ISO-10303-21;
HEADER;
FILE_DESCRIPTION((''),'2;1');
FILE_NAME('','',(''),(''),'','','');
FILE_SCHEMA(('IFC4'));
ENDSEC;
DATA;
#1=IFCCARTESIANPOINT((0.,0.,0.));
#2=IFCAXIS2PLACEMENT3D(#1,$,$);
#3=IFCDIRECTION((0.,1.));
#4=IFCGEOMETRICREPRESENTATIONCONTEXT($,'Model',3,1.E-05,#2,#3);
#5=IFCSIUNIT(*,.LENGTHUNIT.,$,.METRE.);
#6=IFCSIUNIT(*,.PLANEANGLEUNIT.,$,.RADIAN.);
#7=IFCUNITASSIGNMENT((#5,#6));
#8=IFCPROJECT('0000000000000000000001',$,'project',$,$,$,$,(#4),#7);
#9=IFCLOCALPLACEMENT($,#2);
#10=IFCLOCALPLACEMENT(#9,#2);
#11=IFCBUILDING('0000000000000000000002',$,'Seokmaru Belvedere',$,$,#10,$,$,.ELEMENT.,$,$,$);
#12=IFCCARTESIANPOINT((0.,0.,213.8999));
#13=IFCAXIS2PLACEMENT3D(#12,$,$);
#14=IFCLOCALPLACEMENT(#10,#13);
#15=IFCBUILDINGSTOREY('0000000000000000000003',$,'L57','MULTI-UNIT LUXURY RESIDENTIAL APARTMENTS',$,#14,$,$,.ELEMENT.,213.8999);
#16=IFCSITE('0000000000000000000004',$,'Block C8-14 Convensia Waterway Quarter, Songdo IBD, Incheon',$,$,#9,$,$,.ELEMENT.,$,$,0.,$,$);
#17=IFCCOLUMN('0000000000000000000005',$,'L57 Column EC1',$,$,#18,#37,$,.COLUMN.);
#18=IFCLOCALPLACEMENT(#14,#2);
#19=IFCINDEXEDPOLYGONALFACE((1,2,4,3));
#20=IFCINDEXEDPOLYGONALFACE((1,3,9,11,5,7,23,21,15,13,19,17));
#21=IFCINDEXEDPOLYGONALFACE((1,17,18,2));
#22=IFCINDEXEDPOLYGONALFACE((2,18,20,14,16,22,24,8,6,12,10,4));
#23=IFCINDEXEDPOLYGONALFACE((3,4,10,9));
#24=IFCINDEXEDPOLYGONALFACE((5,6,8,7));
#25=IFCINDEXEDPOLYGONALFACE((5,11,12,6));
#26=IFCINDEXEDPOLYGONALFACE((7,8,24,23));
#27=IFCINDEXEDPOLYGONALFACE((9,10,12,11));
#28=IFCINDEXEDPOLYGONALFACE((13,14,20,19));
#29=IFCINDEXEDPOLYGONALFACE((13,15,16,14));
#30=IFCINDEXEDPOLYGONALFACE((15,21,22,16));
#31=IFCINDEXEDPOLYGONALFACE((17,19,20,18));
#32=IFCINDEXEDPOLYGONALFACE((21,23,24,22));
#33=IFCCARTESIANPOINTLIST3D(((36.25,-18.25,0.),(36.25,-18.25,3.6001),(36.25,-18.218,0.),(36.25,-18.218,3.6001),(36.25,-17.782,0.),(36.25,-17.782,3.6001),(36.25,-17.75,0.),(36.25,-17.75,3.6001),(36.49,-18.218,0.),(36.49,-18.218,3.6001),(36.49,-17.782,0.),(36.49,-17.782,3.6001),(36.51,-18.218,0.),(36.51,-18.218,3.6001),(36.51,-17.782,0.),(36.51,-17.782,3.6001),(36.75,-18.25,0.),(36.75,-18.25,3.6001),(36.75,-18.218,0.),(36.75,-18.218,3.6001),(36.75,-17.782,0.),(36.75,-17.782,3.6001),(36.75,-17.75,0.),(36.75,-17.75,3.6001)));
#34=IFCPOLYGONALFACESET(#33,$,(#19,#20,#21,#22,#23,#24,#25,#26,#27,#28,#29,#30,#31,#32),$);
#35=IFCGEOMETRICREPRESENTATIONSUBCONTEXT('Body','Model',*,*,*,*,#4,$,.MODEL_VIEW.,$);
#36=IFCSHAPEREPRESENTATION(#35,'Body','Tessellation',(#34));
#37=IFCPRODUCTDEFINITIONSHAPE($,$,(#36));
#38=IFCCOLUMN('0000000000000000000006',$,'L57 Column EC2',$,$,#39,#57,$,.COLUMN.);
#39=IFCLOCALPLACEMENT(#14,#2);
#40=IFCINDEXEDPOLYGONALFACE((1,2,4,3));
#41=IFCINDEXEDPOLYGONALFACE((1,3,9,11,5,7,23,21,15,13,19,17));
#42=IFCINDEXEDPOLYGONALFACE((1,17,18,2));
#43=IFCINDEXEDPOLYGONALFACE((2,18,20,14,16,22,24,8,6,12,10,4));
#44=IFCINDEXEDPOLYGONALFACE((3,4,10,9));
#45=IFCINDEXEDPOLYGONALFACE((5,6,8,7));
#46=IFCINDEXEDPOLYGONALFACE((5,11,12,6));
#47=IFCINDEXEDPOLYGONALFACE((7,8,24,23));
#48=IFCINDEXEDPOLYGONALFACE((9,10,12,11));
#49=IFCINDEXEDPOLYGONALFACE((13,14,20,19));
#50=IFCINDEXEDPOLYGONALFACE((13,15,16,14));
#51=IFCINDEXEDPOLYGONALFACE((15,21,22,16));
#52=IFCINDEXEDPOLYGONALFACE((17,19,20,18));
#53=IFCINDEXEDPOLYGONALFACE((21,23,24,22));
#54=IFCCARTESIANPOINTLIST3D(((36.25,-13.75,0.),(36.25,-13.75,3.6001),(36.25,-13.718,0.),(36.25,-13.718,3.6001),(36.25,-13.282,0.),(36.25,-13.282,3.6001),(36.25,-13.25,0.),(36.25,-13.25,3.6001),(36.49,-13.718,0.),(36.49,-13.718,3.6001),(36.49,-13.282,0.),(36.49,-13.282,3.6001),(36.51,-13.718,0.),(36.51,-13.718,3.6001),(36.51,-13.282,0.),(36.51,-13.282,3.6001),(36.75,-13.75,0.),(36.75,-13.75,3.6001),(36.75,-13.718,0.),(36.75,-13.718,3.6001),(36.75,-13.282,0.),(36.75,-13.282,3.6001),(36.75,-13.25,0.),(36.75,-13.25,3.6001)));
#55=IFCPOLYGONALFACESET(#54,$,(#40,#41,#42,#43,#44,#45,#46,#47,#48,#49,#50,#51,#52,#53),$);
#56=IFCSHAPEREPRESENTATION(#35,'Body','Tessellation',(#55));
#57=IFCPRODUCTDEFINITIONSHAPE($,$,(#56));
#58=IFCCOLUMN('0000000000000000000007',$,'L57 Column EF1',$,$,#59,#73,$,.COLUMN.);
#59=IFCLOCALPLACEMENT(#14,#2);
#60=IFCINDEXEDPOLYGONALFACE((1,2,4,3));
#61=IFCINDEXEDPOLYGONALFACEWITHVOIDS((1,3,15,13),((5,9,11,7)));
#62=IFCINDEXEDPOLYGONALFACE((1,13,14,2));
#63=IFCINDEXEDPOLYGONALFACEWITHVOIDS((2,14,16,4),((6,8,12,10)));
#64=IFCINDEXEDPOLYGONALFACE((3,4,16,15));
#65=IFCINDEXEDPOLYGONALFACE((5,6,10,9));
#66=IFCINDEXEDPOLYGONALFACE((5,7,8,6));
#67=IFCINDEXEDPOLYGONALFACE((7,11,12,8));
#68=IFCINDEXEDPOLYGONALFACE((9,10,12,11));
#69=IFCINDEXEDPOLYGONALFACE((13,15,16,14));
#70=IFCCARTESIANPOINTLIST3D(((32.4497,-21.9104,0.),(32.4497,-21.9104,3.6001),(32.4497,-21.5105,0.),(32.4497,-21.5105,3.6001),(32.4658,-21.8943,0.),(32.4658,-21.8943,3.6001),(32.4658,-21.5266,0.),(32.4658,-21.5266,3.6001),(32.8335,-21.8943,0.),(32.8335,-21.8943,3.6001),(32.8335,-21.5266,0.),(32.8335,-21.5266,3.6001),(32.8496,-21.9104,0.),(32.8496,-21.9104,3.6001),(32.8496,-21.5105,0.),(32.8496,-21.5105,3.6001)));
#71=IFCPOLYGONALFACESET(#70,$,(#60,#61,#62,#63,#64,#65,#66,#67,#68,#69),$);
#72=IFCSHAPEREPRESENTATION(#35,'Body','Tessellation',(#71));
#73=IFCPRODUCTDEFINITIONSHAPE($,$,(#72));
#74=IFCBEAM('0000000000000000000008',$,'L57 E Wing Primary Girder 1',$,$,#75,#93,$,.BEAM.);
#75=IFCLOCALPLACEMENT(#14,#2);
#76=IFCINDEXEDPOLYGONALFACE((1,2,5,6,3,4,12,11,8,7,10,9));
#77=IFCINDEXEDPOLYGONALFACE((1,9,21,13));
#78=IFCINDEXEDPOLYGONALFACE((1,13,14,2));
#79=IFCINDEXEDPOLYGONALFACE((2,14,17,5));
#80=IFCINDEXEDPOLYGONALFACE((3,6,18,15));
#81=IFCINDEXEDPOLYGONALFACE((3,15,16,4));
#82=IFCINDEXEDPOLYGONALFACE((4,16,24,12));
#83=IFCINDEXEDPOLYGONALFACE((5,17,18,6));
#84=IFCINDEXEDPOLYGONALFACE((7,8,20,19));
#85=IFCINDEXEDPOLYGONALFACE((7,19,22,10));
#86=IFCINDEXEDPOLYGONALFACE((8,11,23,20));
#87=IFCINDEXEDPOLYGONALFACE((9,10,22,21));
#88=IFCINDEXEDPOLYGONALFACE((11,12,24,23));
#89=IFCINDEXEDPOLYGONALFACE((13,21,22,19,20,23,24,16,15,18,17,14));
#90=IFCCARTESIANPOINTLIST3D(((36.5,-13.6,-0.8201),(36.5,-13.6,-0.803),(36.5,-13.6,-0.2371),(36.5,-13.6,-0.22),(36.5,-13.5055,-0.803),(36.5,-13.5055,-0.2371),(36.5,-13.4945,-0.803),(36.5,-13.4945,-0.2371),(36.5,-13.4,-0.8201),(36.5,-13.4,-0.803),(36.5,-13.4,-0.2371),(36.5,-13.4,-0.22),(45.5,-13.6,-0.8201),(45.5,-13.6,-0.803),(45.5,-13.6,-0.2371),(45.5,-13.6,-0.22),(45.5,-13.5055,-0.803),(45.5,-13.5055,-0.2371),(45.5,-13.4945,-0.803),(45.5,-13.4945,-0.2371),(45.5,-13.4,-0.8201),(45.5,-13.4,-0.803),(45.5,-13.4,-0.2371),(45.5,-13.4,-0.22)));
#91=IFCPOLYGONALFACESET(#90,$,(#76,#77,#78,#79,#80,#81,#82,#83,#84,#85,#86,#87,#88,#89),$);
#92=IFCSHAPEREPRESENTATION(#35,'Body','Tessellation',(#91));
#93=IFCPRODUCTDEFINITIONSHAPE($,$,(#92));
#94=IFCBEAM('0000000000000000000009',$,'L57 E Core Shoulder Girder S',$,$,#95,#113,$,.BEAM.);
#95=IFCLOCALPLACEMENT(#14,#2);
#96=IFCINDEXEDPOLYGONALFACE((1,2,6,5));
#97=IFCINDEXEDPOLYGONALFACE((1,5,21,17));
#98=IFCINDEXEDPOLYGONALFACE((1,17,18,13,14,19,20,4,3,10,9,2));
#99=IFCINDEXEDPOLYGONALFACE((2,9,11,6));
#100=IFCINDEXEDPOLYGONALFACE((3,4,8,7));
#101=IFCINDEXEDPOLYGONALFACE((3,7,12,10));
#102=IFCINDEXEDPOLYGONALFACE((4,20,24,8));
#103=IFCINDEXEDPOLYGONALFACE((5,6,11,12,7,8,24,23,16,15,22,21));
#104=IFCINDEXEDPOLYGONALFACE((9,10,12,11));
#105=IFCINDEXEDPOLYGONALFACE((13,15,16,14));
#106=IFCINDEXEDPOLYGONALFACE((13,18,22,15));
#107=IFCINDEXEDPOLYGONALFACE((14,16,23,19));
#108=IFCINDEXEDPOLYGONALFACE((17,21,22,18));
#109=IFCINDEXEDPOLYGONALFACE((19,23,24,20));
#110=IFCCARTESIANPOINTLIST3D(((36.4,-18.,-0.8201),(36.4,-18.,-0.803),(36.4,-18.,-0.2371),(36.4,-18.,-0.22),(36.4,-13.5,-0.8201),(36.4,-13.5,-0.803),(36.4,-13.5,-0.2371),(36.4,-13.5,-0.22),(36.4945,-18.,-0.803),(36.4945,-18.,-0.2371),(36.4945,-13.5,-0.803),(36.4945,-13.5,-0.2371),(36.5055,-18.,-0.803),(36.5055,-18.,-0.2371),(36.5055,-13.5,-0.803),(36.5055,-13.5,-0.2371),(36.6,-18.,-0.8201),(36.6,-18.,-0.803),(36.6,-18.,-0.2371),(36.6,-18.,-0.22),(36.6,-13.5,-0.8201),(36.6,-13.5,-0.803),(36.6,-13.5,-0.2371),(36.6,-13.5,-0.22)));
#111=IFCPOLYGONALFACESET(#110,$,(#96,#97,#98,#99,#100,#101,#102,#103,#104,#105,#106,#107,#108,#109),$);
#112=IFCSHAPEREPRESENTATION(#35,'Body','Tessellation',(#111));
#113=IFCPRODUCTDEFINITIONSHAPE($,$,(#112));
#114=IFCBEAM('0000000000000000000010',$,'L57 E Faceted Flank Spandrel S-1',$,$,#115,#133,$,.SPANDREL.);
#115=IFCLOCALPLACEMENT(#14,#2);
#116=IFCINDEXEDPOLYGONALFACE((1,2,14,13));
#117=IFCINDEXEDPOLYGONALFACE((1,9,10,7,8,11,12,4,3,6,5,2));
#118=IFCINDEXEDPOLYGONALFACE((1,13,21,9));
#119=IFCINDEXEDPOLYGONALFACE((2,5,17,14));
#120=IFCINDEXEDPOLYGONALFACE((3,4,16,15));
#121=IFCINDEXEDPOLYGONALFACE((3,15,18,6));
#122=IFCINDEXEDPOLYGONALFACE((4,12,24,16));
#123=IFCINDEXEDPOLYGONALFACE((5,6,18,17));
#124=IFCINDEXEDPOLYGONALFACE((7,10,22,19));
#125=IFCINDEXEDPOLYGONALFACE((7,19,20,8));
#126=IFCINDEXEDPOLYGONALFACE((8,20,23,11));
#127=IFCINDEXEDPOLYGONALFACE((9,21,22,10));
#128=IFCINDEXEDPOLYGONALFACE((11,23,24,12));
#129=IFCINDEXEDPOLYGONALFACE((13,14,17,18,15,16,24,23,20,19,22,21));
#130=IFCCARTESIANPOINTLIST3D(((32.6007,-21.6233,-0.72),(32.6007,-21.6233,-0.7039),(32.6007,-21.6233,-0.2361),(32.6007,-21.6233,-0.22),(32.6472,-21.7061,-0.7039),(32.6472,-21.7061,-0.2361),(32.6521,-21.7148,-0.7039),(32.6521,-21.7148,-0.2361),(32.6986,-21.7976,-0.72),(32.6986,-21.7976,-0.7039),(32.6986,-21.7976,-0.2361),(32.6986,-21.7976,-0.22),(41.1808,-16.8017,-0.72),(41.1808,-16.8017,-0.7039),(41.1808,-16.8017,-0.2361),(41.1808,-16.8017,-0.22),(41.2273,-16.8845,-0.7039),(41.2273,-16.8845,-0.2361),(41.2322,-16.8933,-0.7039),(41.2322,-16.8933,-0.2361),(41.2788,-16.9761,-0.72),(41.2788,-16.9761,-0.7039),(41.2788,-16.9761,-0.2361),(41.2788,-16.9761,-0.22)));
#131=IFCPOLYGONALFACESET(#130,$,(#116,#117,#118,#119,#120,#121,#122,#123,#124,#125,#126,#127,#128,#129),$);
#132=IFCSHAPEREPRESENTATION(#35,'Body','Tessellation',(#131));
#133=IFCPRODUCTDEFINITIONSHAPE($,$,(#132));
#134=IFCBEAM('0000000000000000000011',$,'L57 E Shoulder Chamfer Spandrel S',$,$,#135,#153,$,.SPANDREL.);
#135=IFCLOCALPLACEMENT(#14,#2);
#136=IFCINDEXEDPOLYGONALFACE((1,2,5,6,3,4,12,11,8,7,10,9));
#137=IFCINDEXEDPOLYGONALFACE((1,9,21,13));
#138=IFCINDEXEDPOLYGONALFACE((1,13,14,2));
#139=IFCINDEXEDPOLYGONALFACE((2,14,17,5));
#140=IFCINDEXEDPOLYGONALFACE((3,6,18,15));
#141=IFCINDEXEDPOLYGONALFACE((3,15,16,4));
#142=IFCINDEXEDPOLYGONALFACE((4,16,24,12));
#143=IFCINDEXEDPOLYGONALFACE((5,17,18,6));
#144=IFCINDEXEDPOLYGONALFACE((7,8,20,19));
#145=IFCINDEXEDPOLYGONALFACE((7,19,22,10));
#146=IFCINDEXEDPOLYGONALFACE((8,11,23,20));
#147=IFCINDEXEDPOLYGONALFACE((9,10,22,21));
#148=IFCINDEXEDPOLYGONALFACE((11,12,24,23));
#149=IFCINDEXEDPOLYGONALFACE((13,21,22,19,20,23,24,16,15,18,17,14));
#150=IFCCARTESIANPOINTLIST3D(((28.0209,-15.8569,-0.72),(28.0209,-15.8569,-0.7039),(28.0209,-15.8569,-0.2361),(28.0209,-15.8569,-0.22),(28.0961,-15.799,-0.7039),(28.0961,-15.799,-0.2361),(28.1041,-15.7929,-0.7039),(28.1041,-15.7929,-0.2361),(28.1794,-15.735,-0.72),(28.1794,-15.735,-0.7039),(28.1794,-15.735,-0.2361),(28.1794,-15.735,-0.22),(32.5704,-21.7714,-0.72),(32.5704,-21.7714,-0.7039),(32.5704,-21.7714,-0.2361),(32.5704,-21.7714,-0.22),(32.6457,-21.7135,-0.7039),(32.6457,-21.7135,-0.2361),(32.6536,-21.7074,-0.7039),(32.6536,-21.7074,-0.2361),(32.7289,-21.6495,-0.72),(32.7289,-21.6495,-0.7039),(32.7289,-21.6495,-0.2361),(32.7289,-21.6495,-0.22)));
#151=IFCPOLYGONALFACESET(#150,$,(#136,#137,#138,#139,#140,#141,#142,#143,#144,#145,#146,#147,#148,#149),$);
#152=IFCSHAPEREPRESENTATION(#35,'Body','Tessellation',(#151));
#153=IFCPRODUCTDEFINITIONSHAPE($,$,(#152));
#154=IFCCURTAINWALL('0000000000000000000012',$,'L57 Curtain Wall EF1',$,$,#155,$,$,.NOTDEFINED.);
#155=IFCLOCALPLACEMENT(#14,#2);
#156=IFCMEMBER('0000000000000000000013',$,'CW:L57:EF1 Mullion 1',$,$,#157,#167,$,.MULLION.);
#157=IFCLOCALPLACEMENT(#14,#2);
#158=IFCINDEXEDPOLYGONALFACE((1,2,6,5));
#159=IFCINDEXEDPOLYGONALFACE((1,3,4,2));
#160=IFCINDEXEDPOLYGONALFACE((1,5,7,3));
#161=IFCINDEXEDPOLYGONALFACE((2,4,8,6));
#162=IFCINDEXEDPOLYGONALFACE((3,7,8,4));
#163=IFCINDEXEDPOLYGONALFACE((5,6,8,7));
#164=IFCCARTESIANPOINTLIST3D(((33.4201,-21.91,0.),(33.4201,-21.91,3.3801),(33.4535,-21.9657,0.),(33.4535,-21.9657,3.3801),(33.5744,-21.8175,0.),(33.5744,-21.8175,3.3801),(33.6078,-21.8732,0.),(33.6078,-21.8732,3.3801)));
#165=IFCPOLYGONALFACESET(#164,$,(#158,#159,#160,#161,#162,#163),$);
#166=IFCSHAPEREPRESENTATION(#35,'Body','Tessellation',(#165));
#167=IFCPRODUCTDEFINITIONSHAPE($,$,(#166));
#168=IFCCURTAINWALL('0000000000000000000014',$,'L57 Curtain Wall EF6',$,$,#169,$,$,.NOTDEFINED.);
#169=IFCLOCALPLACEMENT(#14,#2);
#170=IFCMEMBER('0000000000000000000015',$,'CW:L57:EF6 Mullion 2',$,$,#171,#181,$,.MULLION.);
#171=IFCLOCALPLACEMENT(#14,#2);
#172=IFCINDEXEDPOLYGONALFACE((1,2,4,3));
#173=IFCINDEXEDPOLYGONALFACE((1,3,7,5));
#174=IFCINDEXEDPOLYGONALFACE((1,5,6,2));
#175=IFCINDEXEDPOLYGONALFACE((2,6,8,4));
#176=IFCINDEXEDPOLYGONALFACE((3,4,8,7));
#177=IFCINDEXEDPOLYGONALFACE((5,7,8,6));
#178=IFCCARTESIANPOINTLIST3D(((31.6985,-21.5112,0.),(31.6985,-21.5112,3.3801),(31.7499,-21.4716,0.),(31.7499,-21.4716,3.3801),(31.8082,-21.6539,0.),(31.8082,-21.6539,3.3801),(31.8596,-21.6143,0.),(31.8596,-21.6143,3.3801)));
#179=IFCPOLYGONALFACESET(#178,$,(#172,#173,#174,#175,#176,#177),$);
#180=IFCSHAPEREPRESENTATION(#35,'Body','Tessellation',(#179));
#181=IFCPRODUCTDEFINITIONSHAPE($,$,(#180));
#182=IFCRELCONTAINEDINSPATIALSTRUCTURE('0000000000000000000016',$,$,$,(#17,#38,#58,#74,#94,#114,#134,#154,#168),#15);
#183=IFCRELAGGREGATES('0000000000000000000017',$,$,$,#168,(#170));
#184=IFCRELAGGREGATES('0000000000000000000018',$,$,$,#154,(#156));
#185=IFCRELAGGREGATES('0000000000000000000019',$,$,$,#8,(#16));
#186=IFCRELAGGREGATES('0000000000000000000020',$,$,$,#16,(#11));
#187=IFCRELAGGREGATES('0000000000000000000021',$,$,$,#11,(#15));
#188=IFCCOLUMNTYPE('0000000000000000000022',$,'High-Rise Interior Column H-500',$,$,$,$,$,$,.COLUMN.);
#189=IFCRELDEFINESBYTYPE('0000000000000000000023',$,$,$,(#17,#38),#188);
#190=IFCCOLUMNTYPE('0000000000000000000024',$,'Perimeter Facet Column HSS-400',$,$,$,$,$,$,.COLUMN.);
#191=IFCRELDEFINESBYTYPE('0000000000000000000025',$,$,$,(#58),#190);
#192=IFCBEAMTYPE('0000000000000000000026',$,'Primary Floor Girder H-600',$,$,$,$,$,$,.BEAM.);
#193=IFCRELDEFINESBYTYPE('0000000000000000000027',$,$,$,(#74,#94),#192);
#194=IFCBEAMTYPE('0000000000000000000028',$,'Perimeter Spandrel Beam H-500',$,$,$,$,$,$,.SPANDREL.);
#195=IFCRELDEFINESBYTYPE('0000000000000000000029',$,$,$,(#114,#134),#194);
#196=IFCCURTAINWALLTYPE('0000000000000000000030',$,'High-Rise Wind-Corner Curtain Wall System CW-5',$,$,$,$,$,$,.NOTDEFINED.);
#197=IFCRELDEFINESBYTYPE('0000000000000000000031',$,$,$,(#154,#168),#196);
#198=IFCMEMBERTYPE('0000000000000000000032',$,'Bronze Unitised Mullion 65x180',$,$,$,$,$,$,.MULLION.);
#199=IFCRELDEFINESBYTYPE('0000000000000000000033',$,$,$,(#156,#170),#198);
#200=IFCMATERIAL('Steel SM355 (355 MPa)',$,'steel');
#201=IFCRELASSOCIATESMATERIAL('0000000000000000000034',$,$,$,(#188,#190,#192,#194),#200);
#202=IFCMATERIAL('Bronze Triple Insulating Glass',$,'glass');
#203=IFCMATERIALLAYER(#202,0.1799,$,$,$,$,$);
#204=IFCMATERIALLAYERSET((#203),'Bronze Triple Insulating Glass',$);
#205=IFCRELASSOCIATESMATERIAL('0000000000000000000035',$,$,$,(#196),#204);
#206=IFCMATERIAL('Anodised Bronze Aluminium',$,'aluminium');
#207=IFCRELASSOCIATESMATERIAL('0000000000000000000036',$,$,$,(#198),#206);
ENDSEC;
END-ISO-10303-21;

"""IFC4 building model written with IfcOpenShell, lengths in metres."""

from ifc_helpers import new_model, si_unit, direction, frame, origin, origin_2d, place, context, subcontext, project, spatial, rectangle, hollow_rectangle, i_section, extrude, source, transform, mapped, material, layer, layer_set, material_profile, profile_set, type_object, type_shapes, element, aggregate, save


model = new_model("IFC4")

# Units and contexts
model_context = context("Model", 3, precision=1e-05, world=origin(), true_north=direction((0.0, 1.0)))
body_context = subcontext(model_context, "Body", "Model", "MODEL_VIEW")
ifc_project = project(units=[si_unit("LENGTHUNIT", "METRE"), si_unit("PLANEANGLEUNIT", "RADIAN")], contexts=[model_context])

# Site, building, storey
site_placement = place(None, origin())
site = spatial("IfcSite", under=ifc_project, at=site_placement, Name="Block C8-14 Convensia Waterway Quarter, Songdo IBD, Incheon", CompositionType="ELEMENT", RefElevation=0.0)
building_placement = place(site_placement, origin())
building = spatial("IfcBuilding", under=site, at=building_placement, Name="Seokmaru Belvedere", CompositionType="ELEMENT")
storey_placement = place(building_placement, frame((0.0, 0.0, 213.8999)))
storey = spatial("IfcBuildingStorey", under=building, at=storey_placement, Name="L57", Description="MULTI-UNIT LUXURY RESIDENTIAL APARTMENTS", CompositionType="ELEMENT", Elevation=213.8999)

# Columns
ifc_material_1 = material(Name="Steel SM355 (355 MPa)", Category="steel")
ifc_material_profile_1 = material_profile(ifc_material_1, i_section(OverallWidth=0.5, OverallDepth=0.5, WebThickness=0.02, FlangeThickness=0.032, at=origin_2d()), Name="H-500x500x20x32")
ifc_profile_set_1 = profile_set([ifc_material_profile_1], Name="Steel SM355 (355 MPa)")
column_type_1 = type_object("IfcColumnType", Name="High-Rise Interior Column H-500", PredefinedType="COLUMN", material=ifc_profile_set_1)
shared_shape_1 = source(origin(), body_context, "Body", "SweptSolid", [
    extrude(i_section(OverallWidth=0.5, OverallDepth=0.5, WebThickness=0.02, FlangeThickness=0.032, at=origin_2d()), origin(), (0.0, 0.0, 1.0), 3.6001),
])
type_shapes(column_type_1, [shared_shape_1])
for number, where, z_axis, x_axis, name in (
    (1, (36.5, -18.0, 0.0), (0.0, 0.0, 1.0), (1.0, 0.0, 0.0), "L57 Column EC1"),
    (2, (36.5, -13.5, 0.0), (0.0, 0.0, 1.0), (1.0, 0.0, 0.0), "L57 Column EC2"),
):
    element("IfcColumn", number, at=place(storey_placement, frame(where, z_axis=z_axis, x_axis=x_axis)), inside=storey, type_object=column_type_1, Name=name, PredefinedType="COLUMN", context=body_context, shape_type="MappedRepresentation", body=[
        mapped(shared_shape_1, transform((0.0, 0.0, 0.0), scale=1.0)),
    ])
ifc_material_profile_2 = material_profile(ifc_material_1, hollow_rectangle(XDim=0.3999, YDim=0.3999, WallThickness=0.0161, at=origin_2d()), Name="HSS-400x400x16")
ifc_profile_set_2 = profile_set([ifc_material_profile_2], Name="Steel SM355 (355 MPa)")
column_type_2 = type_object("IfcColumnType", Name="Perimeter Facet Column HSS-400", PredefinedType="COLUMN", material=ifc_profile_set_2)
shared_shape_2 = source(origin(), body_context, "Body", "SweptSolid", [
    extrude(hollow_rectangle(XDim=0.3999, YDim=0.3999, WallThickness=0.0161, at=origin_2d()), origin(), (0.0, 0.0, 1.0), 3.6001),
])
type_shapes(column_type_2, [shared_shape_2])
column_placement = place(storey_placement, frame((32.6497, -21.7104, 0.0), z_axis=(0.0, 0.0, 1.0), x_axis=(1.0, 0.0, 0.0)))
element("IfcColumn", 3, at=column_placement, inside=storey, type_object=column_type_2, Name="L57 Column EF1", PredefinedType="COLUMN", context=body_context, shape_type="MappedRepresentation", body=[
    mapped(shared_shape_2, transform((0.0, 0.0, 0.0), scale=1.0)),
])

# Beams
ifc_material_profile_3 = material_profile(ifc_material_1, i_section(OverallWidth=0.2, OverallDepth=0.6001, WebThickness=0.011, FlangeThickness=0.0171, at=origin_2d()), Name="H-600x200x11x17")
ifc_profile_set_3 = profile_set([ifc_material_profile_3], Name="Steel SM355 (355 MPa)")
beam_type_1 = type_object("IfcBeamType", Name="Primary Floor Girder H-600", PredefinedType="BEAM", material=ifc_profile_set_3)
shared_shape_3 = source(origin(), body_context, "Body", "SweptSolid", [
    extrude(i_section(OverallWidth=0.2, OverallDepth=0.6001, WebThickness=0.011, FlangeThickness=0.0171, at=origin_2d()), origin(), (0.0, 0.0, 1.0), 9.0),
])
beam_1_placement = place(storey_placement, frame((36.5, -13.5, -0.52), z_axis=(1.0, 0.0, 0.0), x_axis=(0.0, 1.0, 0.0)))
element("IfcBeam", 4, at=beam_1_placement, inside=storey, type_object=beam_type_1, Name="L57 E Wing Primary Girder 1", PredefinedType="BEAM", context=body_context, shape_type="MappedRepresentation", body=[
    mapped(shared_shape_3, transform((0.0, 0.0, 0.0), scale=1.0)),
])
shared_shape_4 = source(origin(), body_context, "Body", "SweptSolid", [
    extrude(i_section(OverallWidth=0.2, OverallDepth=0.6001, WebThickness=0.011, FlangeThickness=0.0171, at=origin_2d()), origin(), (0.0, 0.0, 1.0), 4.5),
])
type_shapes(beam_type_1, [shared_shape_3, shared_shape_4])
beam_2_placement = place(storey_placement, frame((36.5, -18.0, -0.52), z_axis=(0.0, 1.0, 0.0), x_axis=(-1.0, 0.0, 0.0)))
element("IfcBeam", 5, at=beam_2_placement, inside=storey, type_object=beam_type_1, Name="L57 E Core Shoulder Girder S", PredefinedType="BEAM", context=body_context, shape_type="MappedRepresentation", body=[
    mapped(shared_shape_4, transform((0.0, 0.0, 0.0), scale=1.0)),
])
ifc_material_profile_4 = material_profile(ifc_material_1, i_section(OverallWidth=0.2, OverallDepth=0.5, WebThickness=0.01, FlangeThickness=0.0161, at=origin_2d()), Name="H-500x200x10x16")
ifc_profile_set_4 = profile_set([ifc_material_profile_4], Name="Steel SM355 (355 MPa)")
beam_type_2 = type_object("IfcBeamType", Name="Perimeter Spandrel Beam H-500", PredefinedType="SPANDREL", material=ifc_profile_set_4)
shared_shape_5 = source(origin(), body_context, "Body", "SweptSolid", [
    extrude(i_section(OverallWidth=0.2, OverallDepth=0.5, WebThickness=0.01, FlangeThickness=0.0161, at=origin_2d()), origin(), (0.0, 0.0, 1.0), 9.842),
])
beam_3_placement = place(storey_placement, frame((32.6497, -21.7104, -0.47), z_axis=(0.871782, 0.489894, 0.0), x_axis=(-0.489894, 0.871782, 0.0)))
element("IfcBeam", 6, at=beam_3_placement, inside=storey, type_object=beam_type_2, Name="L57 E Faceted Flank Spandrel S-1", PredefinedType="SPANDREL", context=body_context, shape_type="MappedRepresentation", body=[
    mapped(shared_shape_5, transform((0.0, 0.0, 0.0), scale=1.0)),
])
shared_shape_6 = source(origin(), body_context, "Body", "SweptSolid", [
    extrude(i_section(OverallWidth=0.2, OverallDepth=0.5, WebThickness=0.01, FlangeThickness=0.0161, at=origin_2d()), origin(), (0.0, 0.0, 1.0), 7.4619),
])
type_shapes(beam_type_2, [shared_shape_5, shared_shape_6])
beam_4_placement = place(storey_placement, frame((32.6497, -21.7104, -0.47), z_axis=(-0.609703, 0.79263, 0.0), x_axis=(-0.79263, -0.609703, 0.0)))
element("IfcBeam", 7, at=beam_4_placement, inside=storey, type_object=beam_type_2, Name="L57 E Shoulder Chamfer Spandrel S", PredefinedType="SPANDREL", context=body_context, shape_type="MappedRepresentation", body=[
    mapped(shared_shape_6, transform((0.0, 0.0, 0.0), scale=1.0)),
])

# Curtain wall, member
ifc_material_2 = material(Name="Bronze Triple Insulating Glass", Category="glass")
ifc_layer_1 = layer(ifc_material_2, 0.1799)
ifc_layer_set_1 = layer_set([ifc_layer_1], Name="Bronze Triple Insulating Glass")
curtain_wall_type = type_object("IfcCurtainWallType", Name="High-Rise Wind-Corner Curtain Wall System CW-5", PredefinedType="NOTDEFINED", material=ifc_layer_set_1)
curtain_wall_1_placement = place(storey_placement, origin())
curtain_wall_1 = element("IfcCurtainWall", 8, at=curtain_wall_1_placement, inside=storey, type_object=curtain_wall_type, Name="L57 Curtain Wall EF1", PredefinedType="NOTDEFINED")
ifc_material_3 = material(Name="Anodised Bronze Aluminium", Category="aluminium")
ifc_material_profile_5 = material_profile(ifc_material_3, rectangle(XDim=0.0649, YDim=0.1799, at=origin_2d()), Name="CW-M-65x180")
ifc_profile_set_5 = profile_set([ifc_material_profile_5], Name="Anodised Bronze Aluminium")
member_type_1 = type_object("IfcMemberType", Name="Bronze Unitised Mullion 65x180", PredefinedType="MULLION", material=ifc_profile_set_5)
shared_shape_7 = source(origin(), body_context, "Body", "SweptSolid", [
    extrude(rectangle(XDim=0.0649, YDim=0.1799, at=origin_2d()), origin(), (0.0, 0.0, 1.0), 3.3801),
])
type_shapes(member_type_1, [shared_shape_7])
member_1_placement = place(storey_placement, frame((33.5139, -21.8916, 0.0), z_axis=(0.0, 0.0, 1.0), x_axis=(-0.514495, 0.857493, 0.0)))
member_1 = element("IfcMember", 9, at=member_1_placement, type_object=member_type_1, Name="CW:L57:EF1 Mullion 1", PredefinedType="MULLION", context=body_context, shape_type="MappedRepresentation", body=[
    mapped(shared_shape_7, transform((0.0, 0.0, 0.0), scale=1.0)),
])

# Curtain wall, member
curtain_wall_2_placement = place(storey_placement, origin())
curtain_wall_2 = element("IfcCurtainWall", 10, at=curtain_wall_2_placement, inside=storey, type_object=curtain_wall_type, Name="L57 Curtain Wall EF6", PredefinedType="NOTDEFINED")
member_2_placement = place(storey_placement, frame((31.7791, -21.5627, 0.0), z_axis=(0.0, 0.0, 1.0), x_axis=(0.792631, 0.609701, 0.0)))
member_2 = element("IfcMember", 11, at=member_2_placement, type_object=member_type_1, Name="CW:L57:EF6 Mullion 2", PredefinedType="MULLION", context=body_context, shape_type="MappedRepresentation", body=[
    mapped(shared_shape_7, transform((0.0, 0.0, 0.0), scale=1.0)),
])

aggregate(curtain_wall_2, [member_2])
aggregate(curtain_wall_1, [member_1])

save(model, "model.ifc")
